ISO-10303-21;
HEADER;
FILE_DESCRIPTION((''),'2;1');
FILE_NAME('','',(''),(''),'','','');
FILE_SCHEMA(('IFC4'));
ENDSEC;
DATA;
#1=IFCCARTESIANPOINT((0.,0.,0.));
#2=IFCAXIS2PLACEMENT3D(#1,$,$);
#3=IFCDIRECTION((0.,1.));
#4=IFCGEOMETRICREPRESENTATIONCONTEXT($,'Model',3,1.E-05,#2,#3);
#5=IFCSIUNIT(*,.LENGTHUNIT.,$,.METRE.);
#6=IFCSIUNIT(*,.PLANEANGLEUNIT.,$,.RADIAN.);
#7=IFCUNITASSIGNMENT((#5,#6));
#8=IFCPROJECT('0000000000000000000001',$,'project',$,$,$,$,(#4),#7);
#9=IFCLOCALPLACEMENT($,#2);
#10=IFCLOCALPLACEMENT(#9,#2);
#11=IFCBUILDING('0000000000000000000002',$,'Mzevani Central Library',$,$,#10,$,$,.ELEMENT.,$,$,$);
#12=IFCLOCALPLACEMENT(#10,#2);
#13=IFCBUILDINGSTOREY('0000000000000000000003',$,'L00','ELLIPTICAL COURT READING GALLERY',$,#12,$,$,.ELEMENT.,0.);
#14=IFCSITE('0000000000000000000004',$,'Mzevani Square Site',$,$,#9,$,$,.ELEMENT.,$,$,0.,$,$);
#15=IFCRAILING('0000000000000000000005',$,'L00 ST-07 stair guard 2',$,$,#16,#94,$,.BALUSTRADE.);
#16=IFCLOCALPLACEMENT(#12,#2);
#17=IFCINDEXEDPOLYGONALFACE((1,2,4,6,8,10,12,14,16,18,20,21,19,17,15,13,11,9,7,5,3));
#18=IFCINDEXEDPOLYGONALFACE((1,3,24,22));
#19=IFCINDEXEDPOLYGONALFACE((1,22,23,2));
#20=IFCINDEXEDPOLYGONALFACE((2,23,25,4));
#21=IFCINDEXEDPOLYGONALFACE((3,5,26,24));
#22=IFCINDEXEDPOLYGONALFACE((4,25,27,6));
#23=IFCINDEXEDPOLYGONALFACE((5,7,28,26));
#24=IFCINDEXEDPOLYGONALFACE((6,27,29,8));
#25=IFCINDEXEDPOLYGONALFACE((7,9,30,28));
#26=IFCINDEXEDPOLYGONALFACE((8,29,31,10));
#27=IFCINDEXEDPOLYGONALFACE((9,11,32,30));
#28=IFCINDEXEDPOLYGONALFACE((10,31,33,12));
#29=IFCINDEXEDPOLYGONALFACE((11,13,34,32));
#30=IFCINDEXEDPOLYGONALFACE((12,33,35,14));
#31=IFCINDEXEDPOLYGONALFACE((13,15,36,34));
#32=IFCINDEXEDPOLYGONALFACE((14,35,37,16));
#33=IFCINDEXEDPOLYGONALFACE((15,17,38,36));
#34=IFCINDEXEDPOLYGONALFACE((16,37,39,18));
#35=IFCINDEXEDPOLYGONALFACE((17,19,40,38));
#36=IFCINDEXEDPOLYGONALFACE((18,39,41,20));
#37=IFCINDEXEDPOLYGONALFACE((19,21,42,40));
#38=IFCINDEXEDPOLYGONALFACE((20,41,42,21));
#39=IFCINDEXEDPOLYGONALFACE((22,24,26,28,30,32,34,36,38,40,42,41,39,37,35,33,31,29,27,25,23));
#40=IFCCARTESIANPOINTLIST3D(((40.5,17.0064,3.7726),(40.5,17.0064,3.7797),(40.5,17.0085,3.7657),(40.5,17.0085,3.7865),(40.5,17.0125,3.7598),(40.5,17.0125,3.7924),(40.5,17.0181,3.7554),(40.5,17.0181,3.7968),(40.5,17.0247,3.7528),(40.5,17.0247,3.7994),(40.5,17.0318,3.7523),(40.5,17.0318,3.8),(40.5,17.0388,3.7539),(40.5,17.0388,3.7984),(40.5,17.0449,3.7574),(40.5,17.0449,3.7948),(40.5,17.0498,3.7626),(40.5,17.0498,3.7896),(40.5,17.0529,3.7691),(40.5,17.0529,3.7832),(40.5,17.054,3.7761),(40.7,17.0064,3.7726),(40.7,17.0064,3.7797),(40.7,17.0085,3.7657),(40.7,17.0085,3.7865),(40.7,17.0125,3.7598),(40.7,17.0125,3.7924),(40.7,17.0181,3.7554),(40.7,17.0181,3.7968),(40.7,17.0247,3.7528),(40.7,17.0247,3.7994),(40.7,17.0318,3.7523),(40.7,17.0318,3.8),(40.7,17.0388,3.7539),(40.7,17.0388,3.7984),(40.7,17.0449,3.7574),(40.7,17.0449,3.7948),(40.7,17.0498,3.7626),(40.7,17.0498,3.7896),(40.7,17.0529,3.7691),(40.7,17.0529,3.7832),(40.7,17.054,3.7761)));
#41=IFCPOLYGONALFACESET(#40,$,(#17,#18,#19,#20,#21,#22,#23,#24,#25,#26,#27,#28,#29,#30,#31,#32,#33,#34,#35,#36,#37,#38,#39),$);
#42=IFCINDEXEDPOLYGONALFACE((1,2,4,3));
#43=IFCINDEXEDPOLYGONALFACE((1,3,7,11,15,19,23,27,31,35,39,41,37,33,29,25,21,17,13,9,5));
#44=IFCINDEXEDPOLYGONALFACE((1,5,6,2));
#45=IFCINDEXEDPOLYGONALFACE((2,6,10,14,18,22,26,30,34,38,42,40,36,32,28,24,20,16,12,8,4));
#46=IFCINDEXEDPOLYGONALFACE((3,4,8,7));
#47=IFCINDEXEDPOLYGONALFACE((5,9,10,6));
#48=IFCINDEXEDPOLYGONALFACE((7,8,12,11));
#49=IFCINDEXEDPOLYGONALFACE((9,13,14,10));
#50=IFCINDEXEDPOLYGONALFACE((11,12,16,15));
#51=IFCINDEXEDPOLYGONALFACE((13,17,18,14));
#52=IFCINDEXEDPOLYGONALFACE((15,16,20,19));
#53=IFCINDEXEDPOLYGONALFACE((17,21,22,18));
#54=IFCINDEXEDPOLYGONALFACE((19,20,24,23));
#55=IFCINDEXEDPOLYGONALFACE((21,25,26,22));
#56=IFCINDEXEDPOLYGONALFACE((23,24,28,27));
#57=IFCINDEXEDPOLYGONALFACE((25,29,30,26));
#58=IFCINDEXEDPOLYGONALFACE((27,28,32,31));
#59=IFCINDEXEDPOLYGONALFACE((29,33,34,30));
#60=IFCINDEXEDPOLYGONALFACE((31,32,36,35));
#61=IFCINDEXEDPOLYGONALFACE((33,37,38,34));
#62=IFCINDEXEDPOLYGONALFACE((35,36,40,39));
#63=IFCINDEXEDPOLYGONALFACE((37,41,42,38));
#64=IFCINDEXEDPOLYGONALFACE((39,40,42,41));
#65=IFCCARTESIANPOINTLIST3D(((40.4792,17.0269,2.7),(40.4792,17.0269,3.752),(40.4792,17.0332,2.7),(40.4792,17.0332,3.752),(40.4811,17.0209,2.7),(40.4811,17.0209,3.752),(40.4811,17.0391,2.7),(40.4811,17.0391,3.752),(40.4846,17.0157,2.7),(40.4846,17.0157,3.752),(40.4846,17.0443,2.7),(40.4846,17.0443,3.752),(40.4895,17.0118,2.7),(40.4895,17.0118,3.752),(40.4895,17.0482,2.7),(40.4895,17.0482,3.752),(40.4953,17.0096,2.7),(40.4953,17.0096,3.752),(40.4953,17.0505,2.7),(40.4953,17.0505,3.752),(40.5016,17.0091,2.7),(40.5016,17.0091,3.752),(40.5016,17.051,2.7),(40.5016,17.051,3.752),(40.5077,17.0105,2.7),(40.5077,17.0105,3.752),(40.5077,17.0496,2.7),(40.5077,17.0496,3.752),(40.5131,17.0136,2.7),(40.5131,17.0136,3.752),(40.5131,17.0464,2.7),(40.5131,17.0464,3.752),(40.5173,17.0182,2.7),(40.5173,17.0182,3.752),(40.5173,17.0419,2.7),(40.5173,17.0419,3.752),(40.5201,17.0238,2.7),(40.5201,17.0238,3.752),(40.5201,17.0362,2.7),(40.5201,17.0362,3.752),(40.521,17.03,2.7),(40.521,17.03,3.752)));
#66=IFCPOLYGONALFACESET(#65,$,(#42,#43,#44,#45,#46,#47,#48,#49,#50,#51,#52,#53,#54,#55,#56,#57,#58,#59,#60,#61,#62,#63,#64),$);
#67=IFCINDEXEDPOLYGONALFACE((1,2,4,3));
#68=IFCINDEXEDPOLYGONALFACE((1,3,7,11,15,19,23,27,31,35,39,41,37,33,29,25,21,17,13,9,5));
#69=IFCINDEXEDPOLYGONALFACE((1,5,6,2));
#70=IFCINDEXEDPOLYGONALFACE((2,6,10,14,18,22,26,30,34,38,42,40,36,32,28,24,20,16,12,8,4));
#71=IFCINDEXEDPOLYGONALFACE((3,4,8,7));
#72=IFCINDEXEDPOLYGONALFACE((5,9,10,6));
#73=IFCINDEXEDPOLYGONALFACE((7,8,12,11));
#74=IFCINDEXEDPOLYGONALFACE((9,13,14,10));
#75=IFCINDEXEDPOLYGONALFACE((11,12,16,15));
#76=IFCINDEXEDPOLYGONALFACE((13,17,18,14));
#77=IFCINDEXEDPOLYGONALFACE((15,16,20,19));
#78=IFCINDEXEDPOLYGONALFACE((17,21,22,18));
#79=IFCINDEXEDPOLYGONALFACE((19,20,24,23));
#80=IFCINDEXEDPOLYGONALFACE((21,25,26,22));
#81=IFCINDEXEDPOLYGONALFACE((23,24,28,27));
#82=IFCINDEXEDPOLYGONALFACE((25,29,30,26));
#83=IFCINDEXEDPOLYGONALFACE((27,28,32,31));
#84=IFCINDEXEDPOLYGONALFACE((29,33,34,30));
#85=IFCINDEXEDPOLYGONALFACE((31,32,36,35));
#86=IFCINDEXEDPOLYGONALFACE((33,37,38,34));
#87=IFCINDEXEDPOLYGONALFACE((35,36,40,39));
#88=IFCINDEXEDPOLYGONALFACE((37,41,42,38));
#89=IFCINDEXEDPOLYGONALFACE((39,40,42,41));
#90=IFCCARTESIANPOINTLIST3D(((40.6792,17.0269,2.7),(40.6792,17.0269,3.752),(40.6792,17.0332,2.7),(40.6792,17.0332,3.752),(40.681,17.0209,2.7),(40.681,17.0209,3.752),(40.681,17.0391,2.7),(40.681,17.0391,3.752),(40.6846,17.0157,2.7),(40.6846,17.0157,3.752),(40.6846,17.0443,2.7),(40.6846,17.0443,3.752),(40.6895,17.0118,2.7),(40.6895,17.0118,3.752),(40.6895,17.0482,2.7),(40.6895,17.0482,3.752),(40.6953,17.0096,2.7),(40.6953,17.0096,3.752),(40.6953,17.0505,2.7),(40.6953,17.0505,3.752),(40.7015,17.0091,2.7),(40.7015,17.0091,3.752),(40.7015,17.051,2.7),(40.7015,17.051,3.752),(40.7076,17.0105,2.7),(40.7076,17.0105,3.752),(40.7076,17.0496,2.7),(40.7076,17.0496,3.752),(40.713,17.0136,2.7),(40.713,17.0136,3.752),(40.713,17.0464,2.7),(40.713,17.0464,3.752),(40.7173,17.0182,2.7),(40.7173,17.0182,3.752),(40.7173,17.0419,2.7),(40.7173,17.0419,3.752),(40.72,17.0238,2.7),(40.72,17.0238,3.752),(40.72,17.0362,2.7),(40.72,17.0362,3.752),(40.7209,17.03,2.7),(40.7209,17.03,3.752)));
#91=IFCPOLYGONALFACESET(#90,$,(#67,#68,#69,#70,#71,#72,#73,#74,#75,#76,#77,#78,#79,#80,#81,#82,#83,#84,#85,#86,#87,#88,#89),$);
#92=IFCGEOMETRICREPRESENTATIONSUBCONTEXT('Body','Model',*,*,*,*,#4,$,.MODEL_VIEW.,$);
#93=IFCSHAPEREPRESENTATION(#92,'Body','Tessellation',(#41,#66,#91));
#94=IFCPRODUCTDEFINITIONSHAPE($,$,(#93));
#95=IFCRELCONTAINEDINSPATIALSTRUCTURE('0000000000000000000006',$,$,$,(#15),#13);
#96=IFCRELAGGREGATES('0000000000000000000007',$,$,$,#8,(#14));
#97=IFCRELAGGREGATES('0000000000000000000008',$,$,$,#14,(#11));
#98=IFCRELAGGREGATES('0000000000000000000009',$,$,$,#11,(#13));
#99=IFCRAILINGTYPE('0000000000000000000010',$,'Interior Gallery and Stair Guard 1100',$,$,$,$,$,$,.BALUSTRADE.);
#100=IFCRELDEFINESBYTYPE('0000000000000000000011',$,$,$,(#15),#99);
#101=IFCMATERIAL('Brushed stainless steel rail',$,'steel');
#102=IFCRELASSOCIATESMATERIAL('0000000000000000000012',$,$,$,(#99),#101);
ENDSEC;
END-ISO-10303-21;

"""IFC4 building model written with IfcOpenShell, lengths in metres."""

from ifc_helpers import new_model, si_unit, direction, frame, origin, origin_2d, place, context, subcontext, project, spatial, circle, extrude, material, type_object, element, save


model = new_model("IFC4")

# Units and contexts
model_context = context("Model", 3, precision=1e-05, world=origin(), true_north=direction((0.0, 1.0)))
body_context = subcontext(model_context, "Body", "Model", "MODEL_VIEW")
ifc_project = project(units=[si_unit("LENGTHUNIT", "METRE"), si_unit("PLANEANGLEUNIT", "RADIAN")], contexts=[model_context])

# Site, building, storey
site_placement = place(None, origin())
site = spatial("IfcSite", under=ifc_project, at=site_placement, Name="Mzevani Square Site", CompositionType="ELEMENT", RefElevation=0.0)
building_placement = place(site_placement, origin())
building = spatial("IfcBuilding", under=site, at=building_placement, Name="Mzevani Central Library", CompositionType="ELEMENT")
storey_placement = place(building_placement, origin())
storey = spatial("IfcBuildingStorey", under=building, at=storey_placement, Name="L00", Description="ELLIPTICAL COURT READING GALLERY", CompositionType="ELEMENT", Elevation=0.0)

# Railing
ifc_material_1 = material(Name="Brushed stainless steel rail", Category="steel")
railing_type_1 = type_object("IfcRailingType", Name="Interior Gallery and Stair Guard 1100", PredefinedType="BALUSTRADE", material=ifc_material_1)
railing_1_placement = place(storey_placement, frame((40.5, 17.03, 2.7)))
element("IfcRailing", 1, at=railing_1_placement, inside=storey, type_object=railing_type_1, Name="L00 ST-07 stair guard 2", PredefinedType="BALUSTRADE", context=body_context, shape_type="SweptSolid", body=[
    extrude(circle(Radius=0.0239, at=origin_2d()), frame((0.0, 0.0, 1.0762), z_axis=(1.0, 0.0, 0.0), x_axis=(0.0, 1.0, 0.0)), (0.0, 0.0, 1.0), 0.2),
    extrude(circle(Radius=0.021, at=origin_2d()), origin(), (0.0, 0.0, 1.0), 1.052),
    extrude(circle(Radius=0.021, at=origin_2d()), frame((0.2, 0.0, 0.0)), (0.0, 0.0, 1.0), 1.052),
])

save(model, "model.ifc")
